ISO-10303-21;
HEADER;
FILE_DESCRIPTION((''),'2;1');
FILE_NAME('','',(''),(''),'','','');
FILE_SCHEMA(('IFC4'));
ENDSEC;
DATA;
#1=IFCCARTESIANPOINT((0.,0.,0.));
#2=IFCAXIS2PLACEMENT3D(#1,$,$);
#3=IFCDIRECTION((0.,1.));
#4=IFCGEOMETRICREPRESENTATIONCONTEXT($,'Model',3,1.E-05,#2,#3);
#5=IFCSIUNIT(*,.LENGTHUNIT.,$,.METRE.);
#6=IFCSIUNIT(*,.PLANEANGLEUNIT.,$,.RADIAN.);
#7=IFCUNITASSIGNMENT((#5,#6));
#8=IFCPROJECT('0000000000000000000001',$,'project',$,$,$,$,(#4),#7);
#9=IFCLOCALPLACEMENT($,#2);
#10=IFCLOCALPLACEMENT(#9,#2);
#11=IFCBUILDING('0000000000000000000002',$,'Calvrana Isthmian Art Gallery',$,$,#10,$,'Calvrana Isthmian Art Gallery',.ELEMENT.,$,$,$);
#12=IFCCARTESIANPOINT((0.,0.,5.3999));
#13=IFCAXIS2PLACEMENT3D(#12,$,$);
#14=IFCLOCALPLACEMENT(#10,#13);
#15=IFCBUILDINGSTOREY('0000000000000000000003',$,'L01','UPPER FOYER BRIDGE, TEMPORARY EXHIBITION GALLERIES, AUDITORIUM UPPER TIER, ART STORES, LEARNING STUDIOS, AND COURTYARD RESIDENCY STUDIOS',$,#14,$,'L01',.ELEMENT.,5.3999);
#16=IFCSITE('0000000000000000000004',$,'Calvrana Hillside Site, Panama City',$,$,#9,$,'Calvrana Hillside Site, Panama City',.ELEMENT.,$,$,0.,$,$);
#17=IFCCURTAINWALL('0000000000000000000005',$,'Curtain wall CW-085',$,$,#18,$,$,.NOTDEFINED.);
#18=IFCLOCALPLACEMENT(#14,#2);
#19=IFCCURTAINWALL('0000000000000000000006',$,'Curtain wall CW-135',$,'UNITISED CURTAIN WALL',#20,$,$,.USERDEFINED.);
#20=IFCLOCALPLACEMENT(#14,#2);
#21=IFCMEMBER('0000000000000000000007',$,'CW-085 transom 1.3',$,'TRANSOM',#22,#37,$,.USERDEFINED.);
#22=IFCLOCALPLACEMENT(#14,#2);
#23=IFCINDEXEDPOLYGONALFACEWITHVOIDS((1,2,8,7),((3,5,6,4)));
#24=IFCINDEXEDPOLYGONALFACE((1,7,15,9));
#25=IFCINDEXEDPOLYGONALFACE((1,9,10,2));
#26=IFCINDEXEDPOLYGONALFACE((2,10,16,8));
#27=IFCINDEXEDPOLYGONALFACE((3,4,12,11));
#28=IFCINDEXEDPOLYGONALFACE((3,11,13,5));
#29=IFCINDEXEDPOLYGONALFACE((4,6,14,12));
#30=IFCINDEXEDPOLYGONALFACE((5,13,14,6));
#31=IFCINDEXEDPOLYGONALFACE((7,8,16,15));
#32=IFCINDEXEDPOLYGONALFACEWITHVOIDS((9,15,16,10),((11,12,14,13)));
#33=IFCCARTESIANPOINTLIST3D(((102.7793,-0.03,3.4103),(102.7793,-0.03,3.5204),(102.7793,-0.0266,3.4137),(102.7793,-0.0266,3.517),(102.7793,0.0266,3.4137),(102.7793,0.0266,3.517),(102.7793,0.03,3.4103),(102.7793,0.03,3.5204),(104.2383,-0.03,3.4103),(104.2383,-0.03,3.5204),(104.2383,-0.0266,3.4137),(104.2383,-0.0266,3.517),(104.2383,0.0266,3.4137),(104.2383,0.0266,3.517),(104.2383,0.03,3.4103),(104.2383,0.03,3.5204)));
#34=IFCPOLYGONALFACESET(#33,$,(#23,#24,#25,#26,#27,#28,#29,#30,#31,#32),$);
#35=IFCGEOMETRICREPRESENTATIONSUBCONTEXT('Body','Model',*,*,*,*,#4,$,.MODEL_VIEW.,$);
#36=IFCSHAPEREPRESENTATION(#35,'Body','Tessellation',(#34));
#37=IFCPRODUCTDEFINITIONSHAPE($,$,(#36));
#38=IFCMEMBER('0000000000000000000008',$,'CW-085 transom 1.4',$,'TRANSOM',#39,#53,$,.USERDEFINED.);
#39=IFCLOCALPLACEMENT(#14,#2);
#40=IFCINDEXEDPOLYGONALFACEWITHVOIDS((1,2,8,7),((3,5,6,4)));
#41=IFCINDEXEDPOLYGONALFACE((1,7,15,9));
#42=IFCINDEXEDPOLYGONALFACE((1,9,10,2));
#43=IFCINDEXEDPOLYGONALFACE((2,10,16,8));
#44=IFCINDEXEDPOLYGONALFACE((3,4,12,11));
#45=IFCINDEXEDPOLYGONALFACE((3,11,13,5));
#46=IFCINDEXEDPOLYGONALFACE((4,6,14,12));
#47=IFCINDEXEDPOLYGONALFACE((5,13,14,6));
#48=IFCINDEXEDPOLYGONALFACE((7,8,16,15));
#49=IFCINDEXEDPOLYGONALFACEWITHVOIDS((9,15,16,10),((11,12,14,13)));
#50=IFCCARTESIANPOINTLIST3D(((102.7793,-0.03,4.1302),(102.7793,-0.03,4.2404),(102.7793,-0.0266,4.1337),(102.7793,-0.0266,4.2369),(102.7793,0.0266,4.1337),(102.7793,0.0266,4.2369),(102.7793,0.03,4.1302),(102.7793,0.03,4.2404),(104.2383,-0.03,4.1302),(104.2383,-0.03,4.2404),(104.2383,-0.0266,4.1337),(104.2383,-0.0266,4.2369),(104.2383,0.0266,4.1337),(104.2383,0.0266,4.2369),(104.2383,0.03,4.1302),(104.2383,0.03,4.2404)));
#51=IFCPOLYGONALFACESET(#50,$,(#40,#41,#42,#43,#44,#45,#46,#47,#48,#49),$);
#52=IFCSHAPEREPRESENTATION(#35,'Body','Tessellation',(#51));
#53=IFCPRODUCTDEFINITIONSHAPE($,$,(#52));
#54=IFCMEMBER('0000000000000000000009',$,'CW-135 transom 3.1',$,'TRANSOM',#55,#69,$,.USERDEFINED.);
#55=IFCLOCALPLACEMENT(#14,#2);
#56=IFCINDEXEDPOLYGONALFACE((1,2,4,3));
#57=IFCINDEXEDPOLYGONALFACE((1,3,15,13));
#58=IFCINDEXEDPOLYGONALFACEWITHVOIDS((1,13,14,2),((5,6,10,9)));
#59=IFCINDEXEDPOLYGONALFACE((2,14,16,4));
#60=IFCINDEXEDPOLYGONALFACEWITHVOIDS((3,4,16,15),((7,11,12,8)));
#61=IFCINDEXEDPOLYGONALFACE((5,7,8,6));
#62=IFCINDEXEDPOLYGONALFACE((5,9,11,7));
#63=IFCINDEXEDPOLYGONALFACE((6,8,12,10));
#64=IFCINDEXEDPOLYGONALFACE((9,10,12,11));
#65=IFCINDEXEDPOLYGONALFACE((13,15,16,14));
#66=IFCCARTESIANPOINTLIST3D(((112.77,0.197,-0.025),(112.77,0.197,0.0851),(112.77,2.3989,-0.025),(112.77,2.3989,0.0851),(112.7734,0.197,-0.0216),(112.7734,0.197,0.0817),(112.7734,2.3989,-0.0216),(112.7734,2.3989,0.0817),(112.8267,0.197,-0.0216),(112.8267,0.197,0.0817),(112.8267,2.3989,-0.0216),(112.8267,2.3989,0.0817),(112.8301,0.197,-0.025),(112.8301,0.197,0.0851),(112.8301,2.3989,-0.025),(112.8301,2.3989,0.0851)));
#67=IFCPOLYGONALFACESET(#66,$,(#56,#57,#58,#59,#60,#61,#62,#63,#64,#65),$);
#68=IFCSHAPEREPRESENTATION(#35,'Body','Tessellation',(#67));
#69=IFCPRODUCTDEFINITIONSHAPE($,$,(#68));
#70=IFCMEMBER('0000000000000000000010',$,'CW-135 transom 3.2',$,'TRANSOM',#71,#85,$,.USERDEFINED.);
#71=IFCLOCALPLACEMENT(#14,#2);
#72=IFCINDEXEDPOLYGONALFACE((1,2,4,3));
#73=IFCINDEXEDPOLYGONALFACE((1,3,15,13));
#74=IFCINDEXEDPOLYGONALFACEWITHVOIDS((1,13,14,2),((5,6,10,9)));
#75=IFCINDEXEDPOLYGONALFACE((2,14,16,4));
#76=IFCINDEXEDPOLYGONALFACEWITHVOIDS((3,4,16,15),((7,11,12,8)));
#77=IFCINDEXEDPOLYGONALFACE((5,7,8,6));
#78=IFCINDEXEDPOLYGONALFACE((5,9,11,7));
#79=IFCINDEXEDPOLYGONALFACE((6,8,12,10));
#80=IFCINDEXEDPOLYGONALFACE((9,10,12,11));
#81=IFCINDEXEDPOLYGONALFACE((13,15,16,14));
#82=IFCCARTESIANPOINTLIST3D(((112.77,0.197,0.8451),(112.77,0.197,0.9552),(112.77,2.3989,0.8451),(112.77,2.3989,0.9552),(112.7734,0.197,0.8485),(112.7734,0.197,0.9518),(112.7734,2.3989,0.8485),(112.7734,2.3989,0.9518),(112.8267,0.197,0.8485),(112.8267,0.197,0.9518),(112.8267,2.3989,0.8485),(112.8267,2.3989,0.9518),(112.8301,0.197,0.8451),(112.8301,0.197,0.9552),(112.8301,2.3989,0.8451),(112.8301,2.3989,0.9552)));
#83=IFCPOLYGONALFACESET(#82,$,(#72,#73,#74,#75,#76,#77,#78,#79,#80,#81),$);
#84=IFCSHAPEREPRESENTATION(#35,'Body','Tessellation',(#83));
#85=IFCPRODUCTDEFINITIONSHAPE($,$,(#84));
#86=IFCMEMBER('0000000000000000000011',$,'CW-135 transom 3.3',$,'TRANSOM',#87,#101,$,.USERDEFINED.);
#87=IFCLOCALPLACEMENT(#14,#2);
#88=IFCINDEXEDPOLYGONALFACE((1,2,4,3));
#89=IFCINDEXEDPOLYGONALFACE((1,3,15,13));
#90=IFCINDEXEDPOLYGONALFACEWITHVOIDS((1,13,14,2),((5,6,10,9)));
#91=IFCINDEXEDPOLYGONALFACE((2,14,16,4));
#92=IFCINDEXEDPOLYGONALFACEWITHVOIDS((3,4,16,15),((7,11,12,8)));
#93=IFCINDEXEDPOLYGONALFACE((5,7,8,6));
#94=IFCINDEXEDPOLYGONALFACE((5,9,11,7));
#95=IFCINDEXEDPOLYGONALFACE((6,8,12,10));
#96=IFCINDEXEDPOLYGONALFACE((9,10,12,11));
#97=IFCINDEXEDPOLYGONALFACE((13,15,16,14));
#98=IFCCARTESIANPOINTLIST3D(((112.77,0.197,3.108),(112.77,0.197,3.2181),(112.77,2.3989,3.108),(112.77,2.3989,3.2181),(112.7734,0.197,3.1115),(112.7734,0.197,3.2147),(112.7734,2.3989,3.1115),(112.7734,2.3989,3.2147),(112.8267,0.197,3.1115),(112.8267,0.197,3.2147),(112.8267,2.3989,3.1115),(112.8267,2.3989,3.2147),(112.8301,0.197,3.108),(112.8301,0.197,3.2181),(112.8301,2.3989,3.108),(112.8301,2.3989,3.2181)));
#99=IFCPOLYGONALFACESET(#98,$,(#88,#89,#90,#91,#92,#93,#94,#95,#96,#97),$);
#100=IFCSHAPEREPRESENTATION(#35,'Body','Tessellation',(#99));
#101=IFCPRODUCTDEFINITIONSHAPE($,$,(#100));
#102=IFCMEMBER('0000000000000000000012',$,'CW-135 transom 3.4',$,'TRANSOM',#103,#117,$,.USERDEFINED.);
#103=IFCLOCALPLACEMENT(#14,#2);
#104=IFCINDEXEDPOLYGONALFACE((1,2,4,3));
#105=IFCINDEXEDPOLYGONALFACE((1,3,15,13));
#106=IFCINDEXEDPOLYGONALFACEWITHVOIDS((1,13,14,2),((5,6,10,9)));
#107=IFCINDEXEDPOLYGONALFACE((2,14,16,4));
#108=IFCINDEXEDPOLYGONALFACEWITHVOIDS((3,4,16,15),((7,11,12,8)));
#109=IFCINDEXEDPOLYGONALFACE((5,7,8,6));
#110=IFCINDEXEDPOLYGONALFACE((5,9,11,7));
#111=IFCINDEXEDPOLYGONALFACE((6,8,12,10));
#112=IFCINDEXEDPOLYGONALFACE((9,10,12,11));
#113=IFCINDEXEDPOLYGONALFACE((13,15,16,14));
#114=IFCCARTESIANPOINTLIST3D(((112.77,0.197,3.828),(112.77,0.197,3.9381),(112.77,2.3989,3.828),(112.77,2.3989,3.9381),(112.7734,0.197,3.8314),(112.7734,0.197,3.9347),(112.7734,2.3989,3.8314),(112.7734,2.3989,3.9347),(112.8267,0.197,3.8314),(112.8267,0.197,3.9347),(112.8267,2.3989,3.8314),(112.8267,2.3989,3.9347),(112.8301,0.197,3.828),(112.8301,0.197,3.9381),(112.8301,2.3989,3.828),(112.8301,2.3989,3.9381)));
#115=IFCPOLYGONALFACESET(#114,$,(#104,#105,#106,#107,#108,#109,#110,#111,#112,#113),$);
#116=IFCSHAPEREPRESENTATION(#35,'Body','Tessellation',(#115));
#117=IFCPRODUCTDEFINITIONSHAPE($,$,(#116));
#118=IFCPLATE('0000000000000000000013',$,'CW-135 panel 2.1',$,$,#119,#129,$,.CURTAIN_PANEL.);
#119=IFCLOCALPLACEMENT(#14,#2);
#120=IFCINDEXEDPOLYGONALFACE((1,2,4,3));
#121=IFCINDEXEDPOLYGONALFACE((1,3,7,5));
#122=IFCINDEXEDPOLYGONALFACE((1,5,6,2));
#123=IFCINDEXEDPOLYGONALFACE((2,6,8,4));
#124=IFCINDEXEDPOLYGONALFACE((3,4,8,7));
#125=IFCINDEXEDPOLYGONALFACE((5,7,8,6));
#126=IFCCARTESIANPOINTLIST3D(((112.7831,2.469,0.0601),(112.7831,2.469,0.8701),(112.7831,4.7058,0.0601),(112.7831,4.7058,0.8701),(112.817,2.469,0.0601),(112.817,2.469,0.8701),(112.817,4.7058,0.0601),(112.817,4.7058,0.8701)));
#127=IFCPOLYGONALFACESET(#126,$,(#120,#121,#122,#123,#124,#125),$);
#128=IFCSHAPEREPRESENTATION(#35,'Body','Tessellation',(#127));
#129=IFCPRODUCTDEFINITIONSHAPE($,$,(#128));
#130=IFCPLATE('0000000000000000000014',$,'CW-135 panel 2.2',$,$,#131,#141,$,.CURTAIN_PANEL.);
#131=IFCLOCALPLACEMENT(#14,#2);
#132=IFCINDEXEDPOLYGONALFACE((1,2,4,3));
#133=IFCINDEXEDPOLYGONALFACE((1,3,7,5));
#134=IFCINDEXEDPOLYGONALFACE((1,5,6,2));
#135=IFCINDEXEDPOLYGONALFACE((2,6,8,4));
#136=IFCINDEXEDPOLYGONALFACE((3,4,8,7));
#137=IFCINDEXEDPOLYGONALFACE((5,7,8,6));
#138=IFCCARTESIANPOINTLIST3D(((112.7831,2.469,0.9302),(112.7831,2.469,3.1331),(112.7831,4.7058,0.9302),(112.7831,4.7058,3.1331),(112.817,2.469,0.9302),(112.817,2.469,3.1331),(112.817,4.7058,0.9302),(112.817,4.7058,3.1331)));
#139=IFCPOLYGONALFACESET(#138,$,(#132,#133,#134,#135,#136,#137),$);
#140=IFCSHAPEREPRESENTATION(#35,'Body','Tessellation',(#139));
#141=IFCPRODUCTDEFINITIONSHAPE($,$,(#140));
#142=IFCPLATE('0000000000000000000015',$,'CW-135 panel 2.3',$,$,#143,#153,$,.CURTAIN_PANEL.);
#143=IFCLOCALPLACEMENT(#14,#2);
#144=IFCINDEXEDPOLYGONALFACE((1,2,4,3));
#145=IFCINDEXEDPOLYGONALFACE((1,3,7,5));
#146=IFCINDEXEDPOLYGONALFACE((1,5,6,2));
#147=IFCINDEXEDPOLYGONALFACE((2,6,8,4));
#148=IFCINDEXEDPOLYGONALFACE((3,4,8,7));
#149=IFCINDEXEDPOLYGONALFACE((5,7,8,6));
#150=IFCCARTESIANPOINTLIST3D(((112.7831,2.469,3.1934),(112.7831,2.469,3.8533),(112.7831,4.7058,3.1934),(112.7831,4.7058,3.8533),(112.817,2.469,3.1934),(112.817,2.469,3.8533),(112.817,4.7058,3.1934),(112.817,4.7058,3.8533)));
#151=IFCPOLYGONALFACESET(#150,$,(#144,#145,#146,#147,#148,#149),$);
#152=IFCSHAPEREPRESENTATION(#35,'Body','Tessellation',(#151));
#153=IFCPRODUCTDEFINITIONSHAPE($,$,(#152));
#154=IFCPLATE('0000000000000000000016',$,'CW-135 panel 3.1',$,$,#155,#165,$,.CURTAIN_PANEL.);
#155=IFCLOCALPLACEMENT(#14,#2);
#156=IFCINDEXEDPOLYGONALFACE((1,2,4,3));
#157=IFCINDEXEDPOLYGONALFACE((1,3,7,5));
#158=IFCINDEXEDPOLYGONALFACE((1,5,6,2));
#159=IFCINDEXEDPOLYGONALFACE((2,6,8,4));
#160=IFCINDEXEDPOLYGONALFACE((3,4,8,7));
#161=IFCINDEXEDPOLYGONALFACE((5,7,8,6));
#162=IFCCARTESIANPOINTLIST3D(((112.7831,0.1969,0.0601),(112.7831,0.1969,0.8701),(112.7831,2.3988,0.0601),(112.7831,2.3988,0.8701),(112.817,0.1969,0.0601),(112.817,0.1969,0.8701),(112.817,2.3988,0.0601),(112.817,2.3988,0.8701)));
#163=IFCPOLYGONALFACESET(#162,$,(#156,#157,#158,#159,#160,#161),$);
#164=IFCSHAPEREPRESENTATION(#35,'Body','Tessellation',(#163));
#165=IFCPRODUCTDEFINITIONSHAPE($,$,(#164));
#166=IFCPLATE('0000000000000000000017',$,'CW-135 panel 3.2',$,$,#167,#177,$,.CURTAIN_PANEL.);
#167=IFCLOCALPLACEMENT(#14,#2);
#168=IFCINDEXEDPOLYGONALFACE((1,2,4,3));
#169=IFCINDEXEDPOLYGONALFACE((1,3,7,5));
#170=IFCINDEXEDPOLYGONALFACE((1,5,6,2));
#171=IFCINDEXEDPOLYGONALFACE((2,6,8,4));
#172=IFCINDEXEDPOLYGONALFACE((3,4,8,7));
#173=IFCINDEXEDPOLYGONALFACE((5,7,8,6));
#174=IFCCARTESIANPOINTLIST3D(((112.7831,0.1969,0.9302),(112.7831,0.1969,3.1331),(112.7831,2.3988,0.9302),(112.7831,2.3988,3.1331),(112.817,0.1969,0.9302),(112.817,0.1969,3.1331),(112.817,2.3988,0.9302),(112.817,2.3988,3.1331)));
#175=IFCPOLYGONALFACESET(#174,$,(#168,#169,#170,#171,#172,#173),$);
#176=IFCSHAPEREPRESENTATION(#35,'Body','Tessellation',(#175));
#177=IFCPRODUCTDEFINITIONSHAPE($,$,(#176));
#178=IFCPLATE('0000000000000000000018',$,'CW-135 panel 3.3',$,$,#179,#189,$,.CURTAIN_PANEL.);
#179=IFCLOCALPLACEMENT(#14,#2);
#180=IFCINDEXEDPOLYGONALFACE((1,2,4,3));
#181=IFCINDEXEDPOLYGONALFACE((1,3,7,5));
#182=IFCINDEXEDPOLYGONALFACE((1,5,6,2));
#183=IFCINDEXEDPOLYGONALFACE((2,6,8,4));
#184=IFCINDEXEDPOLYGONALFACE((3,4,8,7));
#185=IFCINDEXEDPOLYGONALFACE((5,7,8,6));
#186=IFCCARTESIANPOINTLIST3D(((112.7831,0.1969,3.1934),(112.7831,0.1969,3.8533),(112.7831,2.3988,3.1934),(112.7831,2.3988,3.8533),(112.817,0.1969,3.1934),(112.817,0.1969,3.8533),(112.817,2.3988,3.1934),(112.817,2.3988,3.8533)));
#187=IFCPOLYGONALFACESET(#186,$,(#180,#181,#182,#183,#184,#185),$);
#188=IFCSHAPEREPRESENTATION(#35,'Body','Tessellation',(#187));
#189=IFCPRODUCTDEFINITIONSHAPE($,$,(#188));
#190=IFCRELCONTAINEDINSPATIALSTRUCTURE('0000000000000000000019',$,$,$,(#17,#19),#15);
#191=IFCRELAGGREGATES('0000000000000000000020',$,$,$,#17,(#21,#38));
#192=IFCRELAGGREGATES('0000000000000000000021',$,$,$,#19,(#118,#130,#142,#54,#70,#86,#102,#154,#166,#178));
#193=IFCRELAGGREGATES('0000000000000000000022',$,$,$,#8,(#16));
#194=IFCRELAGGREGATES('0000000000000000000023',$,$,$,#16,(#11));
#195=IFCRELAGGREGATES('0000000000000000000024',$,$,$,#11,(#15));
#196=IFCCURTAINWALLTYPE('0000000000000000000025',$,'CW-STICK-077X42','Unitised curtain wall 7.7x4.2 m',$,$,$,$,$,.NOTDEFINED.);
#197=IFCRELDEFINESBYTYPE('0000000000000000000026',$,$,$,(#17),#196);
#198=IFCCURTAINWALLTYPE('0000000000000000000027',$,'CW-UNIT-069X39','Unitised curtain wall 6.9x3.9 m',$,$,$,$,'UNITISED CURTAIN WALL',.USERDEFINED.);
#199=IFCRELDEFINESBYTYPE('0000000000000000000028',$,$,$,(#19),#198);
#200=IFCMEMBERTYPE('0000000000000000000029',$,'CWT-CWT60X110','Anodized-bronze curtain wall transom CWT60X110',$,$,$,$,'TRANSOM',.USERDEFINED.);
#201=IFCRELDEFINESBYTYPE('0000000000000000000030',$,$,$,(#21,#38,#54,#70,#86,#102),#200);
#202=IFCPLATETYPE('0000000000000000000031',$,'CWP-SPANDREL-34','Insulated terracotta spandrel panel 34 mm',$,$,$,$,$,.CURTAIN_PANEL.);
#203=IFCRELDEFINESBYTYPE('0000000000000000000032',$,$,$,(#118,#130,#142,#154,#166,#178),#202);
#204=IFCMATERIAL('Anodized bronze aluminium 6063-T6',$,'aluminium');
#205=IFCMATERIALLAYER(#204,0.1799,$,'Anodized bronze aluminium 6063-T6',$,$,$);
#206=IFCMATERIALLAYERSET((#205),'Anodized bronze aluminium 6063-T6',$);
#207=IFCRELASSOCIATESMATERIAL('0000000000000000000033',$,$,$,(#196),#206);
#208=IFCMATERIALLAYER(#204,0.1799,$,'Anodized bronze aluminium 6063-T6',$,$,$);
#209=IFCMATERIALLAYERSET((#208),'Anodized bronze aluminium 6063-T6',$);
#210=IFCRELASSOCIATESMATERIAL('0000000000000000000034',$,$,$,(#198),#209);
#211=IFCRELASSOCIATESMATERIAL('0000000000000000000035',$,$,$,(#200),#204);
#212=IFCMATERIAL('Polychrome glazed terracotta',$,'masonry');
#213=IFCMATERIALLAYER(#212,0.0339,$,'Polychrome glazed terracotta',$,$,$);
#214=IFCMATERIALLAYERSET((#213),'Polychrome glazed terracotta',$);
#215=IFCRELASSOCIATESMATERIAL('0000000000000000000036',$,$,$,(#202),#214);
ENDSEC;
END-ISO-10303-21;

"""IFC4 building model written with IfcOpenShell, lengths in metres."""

from ifc_helpers import new_model, si_unit, direction, frame, origin, origin_2d, place, context, subcontext, project, spatial, rectangle, hollow_rectangle, extrude, material, layer, layer_set, material_profile, profile_set, type_object, element, aggregate, save


model = new_model("IFC4")

# Units and contexts
model_context = context("Model", 3, precision=1e-05, world=origin(), true_north=direction((0.0, 1.0)))
body_context = subcontext(model_context, "Body", "Model", "MODEL_VIEW")
ifc_project = project(units=[si_unit("LENGTHUNIT", "METRE"), si_unit("PLANEANGLEUNIT", "RADIAN")], contexts=[model_context])

# Site, building, storey
site_placement = place(None, origin())
site = spatial("IfcSite", under=ifc_project, at=site_placement, Name="Calvrana Hillside Site, Panama City", LongName="Calvrana Hillside Site, Panama City", CompositionType="ELEMENT", RefElevation=0.0)
building_placement = place(site_placement, origin())
building = spatial("IfcBuilding", under=site, at=building_placement, Name="Calvrana Isthmian Art Gallery", LongName="Calvrana Isthmian Art Gallery", CompositionType="ELEMENT")
storey_placement = place(building_placement, frame((0.0, 0.0, 5.3999)))
storey = spatial("IfcBuildingStorey", under=building, at=storey_placement, Name="L01", Description="UPPER FOYER BRIDGE, TEMPORARY EXHIBITION GALLERIES, AUDITORIUM UPPER TIER, ART STORES, LEARNING STUDIOS, AND COURTYARD RESIDENCY STUDIOS", LongName="L01", CompositionType="ELEMENT", Elevation=5.3999)

# Curtain wall
ifc_material_1 = material(Name="Anodized bronze aluminium 6063-T6", Category="aluminium")
ifc_layer_1 = layer(ifc_material_1, 0.1799, Name="Anodized bronze aluminium 6063-T6")
ifc_layer_set_1 = layer_set([ifc_layer_1], Name="Anodized bronze aluminium 6063-T6")
curtain_wall_type_1 = type_object("IfcCurtainWallType", Name="CW-STICK-077X42", Description="Unitised curtain wall 7.7x4.2 m", PredefinedType="NOTDEFINED", material=ifc_layer_set_1)
curtain_wall_1_placement = place(storey_placement, origin())
curtain_wall_1 = element("IfcCurtainWall", 1, at=curtain_wall_1_placement, inside=storey, type_object=curtain_wall_type_1, Name="Curtain wall CW-085", PredefinedType="NOTDEFINED")

# Curtain wall
ifc_layer_2 = layer(ifc_material_1, 0.1799, Name="Anodized bronze aluminium 6063-T6")
ifc_layer_set_2 = layer_set([ifc_layer_2], Name="Anodized bronze aluminium 6063-T6")
curtain_wall_type_2 = type_object("IfcCurtainWallType", Name="CW-UNIT-069X39", Description="Unitised curtain wall 6.9x3.9 m", ElementType="UNITISED CURTAIN WALL", PredefinedType="USERDEFINED", material=ifc_layer_set_2)
curtain_wall_2_placement = place(storey_placement, origin())
curtain_wall_2 = element("IfcCurtainWall", 2, at=curtain_wall_2_placement, inside=storey, type_object=curtain_wall_type_2, Name="Curtain wall CW-135", ObjectType="UNITISED CURTAIN WALL", PredefinedType="USERDEFINED")

# Members
ifc_material_profile_1 = material_profile(ifc_material_1, hollow_rectangle(XDim=0.0601, YDim=0.1101, WallThickness=0.0034, at=origin_2d()), Name="CWT60X110")
ifc_profile_set_1 = profile_set([ifc_material_profile_1], Name="Anodized bronze aluminium 6063-T6")
member_type_1 = type_object("IfcMemberType", Name="CWT-CWT60X110", Description="Anodized-bronze curtain wall transom CWT60X110", ElementType="TRANSOM", PredefinedType="USERDEFINED", material=ifc_profile_set_1)
member_1_placement = place(storey_placement, frame((104.2383, 0.0, 3.4653), z_axis=(-1.0, 0.0, 0.0), x_axis=(0.0, -1.0, 0.0)))
member_1 = element("IfcMember", 3, at=member_1_placement, type_object=member_type_1, Name="CW-085 transom 1.3", ObjectType="TRANSOM", PredefinedType="USERDEFINED", context=body_context, shape_type="SweptSolid", body=[
    extrude(hollow_rectangle(XDim=0.0601, YDim=0.1101, WallThickness=0.0034, at=origin_2d()), origin(), (0.0, 0.0, 1.0), 1.459),
])
member_2_placement = place(storey_placement, frame((104.2383, 0.0, 4.1853), z_axis=(-1.0, 0.0, 0.0), x_axis=(0.0, -1.0, 0.0)))
member_2 = element("IfcMember", 4, at=member_2_placement, type_object=member_type_1, Name="CW-085 transom 1.4", ObjectType="TRANSOM", PredefinedType="USERDEFINED", context=body_context, shape_type="SweptSolid", body=[
    extrude(hollow_rectangle(XDim=0.0601, YDim=0.1101, WallThickness=0.0034, at=origin_2d()), origin(), (0.0, 0.0, 1.0), 1.459),
])
aggregate(curtain_wall_1, [member_1, member_2])
member_3_placement = place(storey_placement, frame((112.8, 2.3989, 0.03), z_axis=(0.0, -1.0, 0.0), x_axis=(1.0, 0.0, 0.0)))
member_3 = element("IfcMember", 5, at=member_3_placement, type_object=member_type_1, Name="CW-135 transom 3.1", ObjectType="TRANSOM", PredefinedType="USERDEFINED", context=body_context, shape_type="SweptSolid", body=[
    extrude(hollow_rectangle(XDim=0.0601, YDim=0.1101, WallThickness=0.0034, at=origin_2d()), origin(), (0.0, 0.0, 1.0), 2.2019),
])
member_4_placement = place(storey_placement, frame((112.8, 2.3989, 0.9001), z_axis=(0.0, -1.0, 0.0), x_axis=(1.0, 0.0, 0.0)))
member_4 = element("IfcMember", 6, at=member_4_placement, type_object=member_type_1, Name="CW-135 transom 3.2", ObjectType="TRANSOM", PredefinedType="USERDEFINED", context=body_context, shape_type="SweptSolid", body=[
    extrude(hollow_rectangle(XDim=0.0601, YDim=0.1101, WallThickness=0.0034, at=origin_2d()), origin(), (0.0, 0.0, 1.0), 2.2019),
])
member_5_placement = place(storey_placement, frame((112.8, 2.3989, 3.1631), z_axis=(0.0, -1.0, 0.0), x_axis=(1.0, 0.0, 0.0)))
member_5 = element("IfcMember", 7, at=member_5_placement, type_object=member_type_1, Name="CW-135 transom 3.3", ObjectType="TRANSOM", PredefinedType="USERDEFINED", context=body_context, shape_type="SweptSolid", body=[
    extrude(hollow_rectangle(XDim=0.0601, YDim=0.1101, WallThickness=0.0034, at=origin_2d()), origin(), (0.0, 0.0, 1.0), 2.2019),
])
member_6_placement = place(storey_placement, frame((112.8, 2.3989, 3.8831), z_axis=(0.0, -1.0, 0.0), x_axis=(1.0, 0.0, 0.0)))
member_6 = element("IfcMember", 8, at=member_6_placement, type_object=member_type_1, Name="CW-135 transom 3.4", ObjectType="TRANSOM", PredefinedType="USERDEFINED", context=body_context, shape_type="SweptSolid", body=[
    extrude(hollow_rectangle(XDim=0.0601, YDim=0.1101, WallThickness=0.0034, at=origin_2d()), origin(), (0.0, 0.0, 1.0), 2.2019),
])

# Plates
ifc_material_2 = material(Name="Polychrome glazed terracotta", Category="masonry")
ifc_layer_3 = layer(ifc_material_2, 0.0339, Name="Polychrome glazed terracotta")
ifc_layer_set_3 = layer_set([ifc_layer_3], Name="Polychrome glazed terracotta")
plate_type_1 = type_object("IfcPlateType", Name="CWP-SPANDREL-34", Description="Insulated terracotta spandrel panel 34 mm", PredefinedType="CURTAIN_PANEL", material=ifc_layer_set_3)
plate_1_placement = place(storey_placement, frame((112.8, 3.5874, 0.0601), z_axis=(0.0, 0.0, 1.0), x_axis=(0.0, -1.0, 0.0)))
plate_1 = element("IfcPlate", 9, at=plate_1_placement, type_object=plate_type_1, Name="CW-135 panel 2.1", PredefinedType="CURTAIN_PANEL", context=body_context, shape_type="SweptSolid", body=[
    extrude(rectangle(XDim=2.2368, YDim=0.0339, at=origin_2d()), origin(), (0.0, 0.0, 1.0), 0.8101),
])
plate_2_placement = place(storey_placement, frame((112.8, 3.5874, 0.9302), z_axis=(0.0, 0.0, 1.0), x_axis=(0.0, -1.0, 0.0)))
plate_2 = element("IfcPlate", 10, at=plate_2_placement, type_object=plate_type_1, Name="CW-135 panel 2.2", PredefinedType="CURTAIN_PANEL", context=body_context, shape_type="SweptSolid", body=[
    extrude(rectangle(XDim=2.2368, YDim=0.0339, at=origin_2d()), origin(), (0.0, 0.0, 1.0), 2.2029),
])
plate_3_placement = place(storey_placement, frame((112.8, 3.5874, 3.1934), z_axis=(0.0, 0.0, 1.0), x_axis=(0.0, -1.0, 0.0)))
plate_3 = element("IfcPlate", 11, at=plate_3_placement, type_object=plate_type_1, Name="CW-135 panel 2.3", PredefinedType="CURTAIN_PANEL", context=body_context, shape_type="SweptSolid", body=[
    extrude(rectangle(XDim=2.2368, YDim=0.0339, at=origin_2d()), origin(), (0.0, 0.0, 1.0), 0.6599),
])
plate_4_placement = place(storey_placement, frame((112.8, 1.2979, 0.0601), z_axis=(0.0, 0.0, 1.0), x_axis=(0.0, -1.0, 0.0)))
plate_4 = element("IfcPlate", 12, at=plate_4_placement, type_object=plate_type_1, Name="CW-135 panel 3.1", PredefinedType="CURTAIN_PANEL", context=body_context, shape_type="SweptSolid", body=[
    extrude(rectangle(XDim=2.2019, YDim=0.0339, at=origin_2d()), origin(), (0.0, 0.0, 1.0), 0.8101),
])
plate_5_placement = place(storey_placement, frame((112.8, 1.2979, 0.9302), z_axis=(0.0, 0.0, 1.0), x_axis=(0.0, -1.0, 0.0)))
plate_5 = element("IfcPlate", 13, at=plate_5_placement, type_object=plate_type_1, Name="CW-135 panel 3.2", PredefinedType="CURTAIN_PANEL", context=body_context, shape_type="SweptSolid", body=[
    extrude(rectangle(XDim=2.2019, YDim=0.0339, at=origin_2d()), origin(), (0.0, 0.0, 1.0), 2.2029),
])
plate_6_placement = place(storey_placement, frame((112.8, 1.2979, 3.1934), z_axis=(0.0, 0.0, 1.0), x_axis=(0.0, -1.0, 0.0)))
plate_6 = element("IfcPlate", 14, at=plate_6_placement, type_object=plate_type_1, Name="CW-135 panel 3.3", PredefinedType="CURTAIN_PANEL", context=body_context, shape_type="SweptSolid", body=[
    extrude(rectangle(XDim=2.2019, YDim=0.0339, at=origin_2d()), origin(), (0.0, 0.0, 1.0), 0.6599),
])
aggregate(curtain_wall_2, [plate_1, plate_2, plate_3, member_3, member_4, member_5, member_6, plate_4, plate_5, plate_6])

save(model, "model.ifc")
